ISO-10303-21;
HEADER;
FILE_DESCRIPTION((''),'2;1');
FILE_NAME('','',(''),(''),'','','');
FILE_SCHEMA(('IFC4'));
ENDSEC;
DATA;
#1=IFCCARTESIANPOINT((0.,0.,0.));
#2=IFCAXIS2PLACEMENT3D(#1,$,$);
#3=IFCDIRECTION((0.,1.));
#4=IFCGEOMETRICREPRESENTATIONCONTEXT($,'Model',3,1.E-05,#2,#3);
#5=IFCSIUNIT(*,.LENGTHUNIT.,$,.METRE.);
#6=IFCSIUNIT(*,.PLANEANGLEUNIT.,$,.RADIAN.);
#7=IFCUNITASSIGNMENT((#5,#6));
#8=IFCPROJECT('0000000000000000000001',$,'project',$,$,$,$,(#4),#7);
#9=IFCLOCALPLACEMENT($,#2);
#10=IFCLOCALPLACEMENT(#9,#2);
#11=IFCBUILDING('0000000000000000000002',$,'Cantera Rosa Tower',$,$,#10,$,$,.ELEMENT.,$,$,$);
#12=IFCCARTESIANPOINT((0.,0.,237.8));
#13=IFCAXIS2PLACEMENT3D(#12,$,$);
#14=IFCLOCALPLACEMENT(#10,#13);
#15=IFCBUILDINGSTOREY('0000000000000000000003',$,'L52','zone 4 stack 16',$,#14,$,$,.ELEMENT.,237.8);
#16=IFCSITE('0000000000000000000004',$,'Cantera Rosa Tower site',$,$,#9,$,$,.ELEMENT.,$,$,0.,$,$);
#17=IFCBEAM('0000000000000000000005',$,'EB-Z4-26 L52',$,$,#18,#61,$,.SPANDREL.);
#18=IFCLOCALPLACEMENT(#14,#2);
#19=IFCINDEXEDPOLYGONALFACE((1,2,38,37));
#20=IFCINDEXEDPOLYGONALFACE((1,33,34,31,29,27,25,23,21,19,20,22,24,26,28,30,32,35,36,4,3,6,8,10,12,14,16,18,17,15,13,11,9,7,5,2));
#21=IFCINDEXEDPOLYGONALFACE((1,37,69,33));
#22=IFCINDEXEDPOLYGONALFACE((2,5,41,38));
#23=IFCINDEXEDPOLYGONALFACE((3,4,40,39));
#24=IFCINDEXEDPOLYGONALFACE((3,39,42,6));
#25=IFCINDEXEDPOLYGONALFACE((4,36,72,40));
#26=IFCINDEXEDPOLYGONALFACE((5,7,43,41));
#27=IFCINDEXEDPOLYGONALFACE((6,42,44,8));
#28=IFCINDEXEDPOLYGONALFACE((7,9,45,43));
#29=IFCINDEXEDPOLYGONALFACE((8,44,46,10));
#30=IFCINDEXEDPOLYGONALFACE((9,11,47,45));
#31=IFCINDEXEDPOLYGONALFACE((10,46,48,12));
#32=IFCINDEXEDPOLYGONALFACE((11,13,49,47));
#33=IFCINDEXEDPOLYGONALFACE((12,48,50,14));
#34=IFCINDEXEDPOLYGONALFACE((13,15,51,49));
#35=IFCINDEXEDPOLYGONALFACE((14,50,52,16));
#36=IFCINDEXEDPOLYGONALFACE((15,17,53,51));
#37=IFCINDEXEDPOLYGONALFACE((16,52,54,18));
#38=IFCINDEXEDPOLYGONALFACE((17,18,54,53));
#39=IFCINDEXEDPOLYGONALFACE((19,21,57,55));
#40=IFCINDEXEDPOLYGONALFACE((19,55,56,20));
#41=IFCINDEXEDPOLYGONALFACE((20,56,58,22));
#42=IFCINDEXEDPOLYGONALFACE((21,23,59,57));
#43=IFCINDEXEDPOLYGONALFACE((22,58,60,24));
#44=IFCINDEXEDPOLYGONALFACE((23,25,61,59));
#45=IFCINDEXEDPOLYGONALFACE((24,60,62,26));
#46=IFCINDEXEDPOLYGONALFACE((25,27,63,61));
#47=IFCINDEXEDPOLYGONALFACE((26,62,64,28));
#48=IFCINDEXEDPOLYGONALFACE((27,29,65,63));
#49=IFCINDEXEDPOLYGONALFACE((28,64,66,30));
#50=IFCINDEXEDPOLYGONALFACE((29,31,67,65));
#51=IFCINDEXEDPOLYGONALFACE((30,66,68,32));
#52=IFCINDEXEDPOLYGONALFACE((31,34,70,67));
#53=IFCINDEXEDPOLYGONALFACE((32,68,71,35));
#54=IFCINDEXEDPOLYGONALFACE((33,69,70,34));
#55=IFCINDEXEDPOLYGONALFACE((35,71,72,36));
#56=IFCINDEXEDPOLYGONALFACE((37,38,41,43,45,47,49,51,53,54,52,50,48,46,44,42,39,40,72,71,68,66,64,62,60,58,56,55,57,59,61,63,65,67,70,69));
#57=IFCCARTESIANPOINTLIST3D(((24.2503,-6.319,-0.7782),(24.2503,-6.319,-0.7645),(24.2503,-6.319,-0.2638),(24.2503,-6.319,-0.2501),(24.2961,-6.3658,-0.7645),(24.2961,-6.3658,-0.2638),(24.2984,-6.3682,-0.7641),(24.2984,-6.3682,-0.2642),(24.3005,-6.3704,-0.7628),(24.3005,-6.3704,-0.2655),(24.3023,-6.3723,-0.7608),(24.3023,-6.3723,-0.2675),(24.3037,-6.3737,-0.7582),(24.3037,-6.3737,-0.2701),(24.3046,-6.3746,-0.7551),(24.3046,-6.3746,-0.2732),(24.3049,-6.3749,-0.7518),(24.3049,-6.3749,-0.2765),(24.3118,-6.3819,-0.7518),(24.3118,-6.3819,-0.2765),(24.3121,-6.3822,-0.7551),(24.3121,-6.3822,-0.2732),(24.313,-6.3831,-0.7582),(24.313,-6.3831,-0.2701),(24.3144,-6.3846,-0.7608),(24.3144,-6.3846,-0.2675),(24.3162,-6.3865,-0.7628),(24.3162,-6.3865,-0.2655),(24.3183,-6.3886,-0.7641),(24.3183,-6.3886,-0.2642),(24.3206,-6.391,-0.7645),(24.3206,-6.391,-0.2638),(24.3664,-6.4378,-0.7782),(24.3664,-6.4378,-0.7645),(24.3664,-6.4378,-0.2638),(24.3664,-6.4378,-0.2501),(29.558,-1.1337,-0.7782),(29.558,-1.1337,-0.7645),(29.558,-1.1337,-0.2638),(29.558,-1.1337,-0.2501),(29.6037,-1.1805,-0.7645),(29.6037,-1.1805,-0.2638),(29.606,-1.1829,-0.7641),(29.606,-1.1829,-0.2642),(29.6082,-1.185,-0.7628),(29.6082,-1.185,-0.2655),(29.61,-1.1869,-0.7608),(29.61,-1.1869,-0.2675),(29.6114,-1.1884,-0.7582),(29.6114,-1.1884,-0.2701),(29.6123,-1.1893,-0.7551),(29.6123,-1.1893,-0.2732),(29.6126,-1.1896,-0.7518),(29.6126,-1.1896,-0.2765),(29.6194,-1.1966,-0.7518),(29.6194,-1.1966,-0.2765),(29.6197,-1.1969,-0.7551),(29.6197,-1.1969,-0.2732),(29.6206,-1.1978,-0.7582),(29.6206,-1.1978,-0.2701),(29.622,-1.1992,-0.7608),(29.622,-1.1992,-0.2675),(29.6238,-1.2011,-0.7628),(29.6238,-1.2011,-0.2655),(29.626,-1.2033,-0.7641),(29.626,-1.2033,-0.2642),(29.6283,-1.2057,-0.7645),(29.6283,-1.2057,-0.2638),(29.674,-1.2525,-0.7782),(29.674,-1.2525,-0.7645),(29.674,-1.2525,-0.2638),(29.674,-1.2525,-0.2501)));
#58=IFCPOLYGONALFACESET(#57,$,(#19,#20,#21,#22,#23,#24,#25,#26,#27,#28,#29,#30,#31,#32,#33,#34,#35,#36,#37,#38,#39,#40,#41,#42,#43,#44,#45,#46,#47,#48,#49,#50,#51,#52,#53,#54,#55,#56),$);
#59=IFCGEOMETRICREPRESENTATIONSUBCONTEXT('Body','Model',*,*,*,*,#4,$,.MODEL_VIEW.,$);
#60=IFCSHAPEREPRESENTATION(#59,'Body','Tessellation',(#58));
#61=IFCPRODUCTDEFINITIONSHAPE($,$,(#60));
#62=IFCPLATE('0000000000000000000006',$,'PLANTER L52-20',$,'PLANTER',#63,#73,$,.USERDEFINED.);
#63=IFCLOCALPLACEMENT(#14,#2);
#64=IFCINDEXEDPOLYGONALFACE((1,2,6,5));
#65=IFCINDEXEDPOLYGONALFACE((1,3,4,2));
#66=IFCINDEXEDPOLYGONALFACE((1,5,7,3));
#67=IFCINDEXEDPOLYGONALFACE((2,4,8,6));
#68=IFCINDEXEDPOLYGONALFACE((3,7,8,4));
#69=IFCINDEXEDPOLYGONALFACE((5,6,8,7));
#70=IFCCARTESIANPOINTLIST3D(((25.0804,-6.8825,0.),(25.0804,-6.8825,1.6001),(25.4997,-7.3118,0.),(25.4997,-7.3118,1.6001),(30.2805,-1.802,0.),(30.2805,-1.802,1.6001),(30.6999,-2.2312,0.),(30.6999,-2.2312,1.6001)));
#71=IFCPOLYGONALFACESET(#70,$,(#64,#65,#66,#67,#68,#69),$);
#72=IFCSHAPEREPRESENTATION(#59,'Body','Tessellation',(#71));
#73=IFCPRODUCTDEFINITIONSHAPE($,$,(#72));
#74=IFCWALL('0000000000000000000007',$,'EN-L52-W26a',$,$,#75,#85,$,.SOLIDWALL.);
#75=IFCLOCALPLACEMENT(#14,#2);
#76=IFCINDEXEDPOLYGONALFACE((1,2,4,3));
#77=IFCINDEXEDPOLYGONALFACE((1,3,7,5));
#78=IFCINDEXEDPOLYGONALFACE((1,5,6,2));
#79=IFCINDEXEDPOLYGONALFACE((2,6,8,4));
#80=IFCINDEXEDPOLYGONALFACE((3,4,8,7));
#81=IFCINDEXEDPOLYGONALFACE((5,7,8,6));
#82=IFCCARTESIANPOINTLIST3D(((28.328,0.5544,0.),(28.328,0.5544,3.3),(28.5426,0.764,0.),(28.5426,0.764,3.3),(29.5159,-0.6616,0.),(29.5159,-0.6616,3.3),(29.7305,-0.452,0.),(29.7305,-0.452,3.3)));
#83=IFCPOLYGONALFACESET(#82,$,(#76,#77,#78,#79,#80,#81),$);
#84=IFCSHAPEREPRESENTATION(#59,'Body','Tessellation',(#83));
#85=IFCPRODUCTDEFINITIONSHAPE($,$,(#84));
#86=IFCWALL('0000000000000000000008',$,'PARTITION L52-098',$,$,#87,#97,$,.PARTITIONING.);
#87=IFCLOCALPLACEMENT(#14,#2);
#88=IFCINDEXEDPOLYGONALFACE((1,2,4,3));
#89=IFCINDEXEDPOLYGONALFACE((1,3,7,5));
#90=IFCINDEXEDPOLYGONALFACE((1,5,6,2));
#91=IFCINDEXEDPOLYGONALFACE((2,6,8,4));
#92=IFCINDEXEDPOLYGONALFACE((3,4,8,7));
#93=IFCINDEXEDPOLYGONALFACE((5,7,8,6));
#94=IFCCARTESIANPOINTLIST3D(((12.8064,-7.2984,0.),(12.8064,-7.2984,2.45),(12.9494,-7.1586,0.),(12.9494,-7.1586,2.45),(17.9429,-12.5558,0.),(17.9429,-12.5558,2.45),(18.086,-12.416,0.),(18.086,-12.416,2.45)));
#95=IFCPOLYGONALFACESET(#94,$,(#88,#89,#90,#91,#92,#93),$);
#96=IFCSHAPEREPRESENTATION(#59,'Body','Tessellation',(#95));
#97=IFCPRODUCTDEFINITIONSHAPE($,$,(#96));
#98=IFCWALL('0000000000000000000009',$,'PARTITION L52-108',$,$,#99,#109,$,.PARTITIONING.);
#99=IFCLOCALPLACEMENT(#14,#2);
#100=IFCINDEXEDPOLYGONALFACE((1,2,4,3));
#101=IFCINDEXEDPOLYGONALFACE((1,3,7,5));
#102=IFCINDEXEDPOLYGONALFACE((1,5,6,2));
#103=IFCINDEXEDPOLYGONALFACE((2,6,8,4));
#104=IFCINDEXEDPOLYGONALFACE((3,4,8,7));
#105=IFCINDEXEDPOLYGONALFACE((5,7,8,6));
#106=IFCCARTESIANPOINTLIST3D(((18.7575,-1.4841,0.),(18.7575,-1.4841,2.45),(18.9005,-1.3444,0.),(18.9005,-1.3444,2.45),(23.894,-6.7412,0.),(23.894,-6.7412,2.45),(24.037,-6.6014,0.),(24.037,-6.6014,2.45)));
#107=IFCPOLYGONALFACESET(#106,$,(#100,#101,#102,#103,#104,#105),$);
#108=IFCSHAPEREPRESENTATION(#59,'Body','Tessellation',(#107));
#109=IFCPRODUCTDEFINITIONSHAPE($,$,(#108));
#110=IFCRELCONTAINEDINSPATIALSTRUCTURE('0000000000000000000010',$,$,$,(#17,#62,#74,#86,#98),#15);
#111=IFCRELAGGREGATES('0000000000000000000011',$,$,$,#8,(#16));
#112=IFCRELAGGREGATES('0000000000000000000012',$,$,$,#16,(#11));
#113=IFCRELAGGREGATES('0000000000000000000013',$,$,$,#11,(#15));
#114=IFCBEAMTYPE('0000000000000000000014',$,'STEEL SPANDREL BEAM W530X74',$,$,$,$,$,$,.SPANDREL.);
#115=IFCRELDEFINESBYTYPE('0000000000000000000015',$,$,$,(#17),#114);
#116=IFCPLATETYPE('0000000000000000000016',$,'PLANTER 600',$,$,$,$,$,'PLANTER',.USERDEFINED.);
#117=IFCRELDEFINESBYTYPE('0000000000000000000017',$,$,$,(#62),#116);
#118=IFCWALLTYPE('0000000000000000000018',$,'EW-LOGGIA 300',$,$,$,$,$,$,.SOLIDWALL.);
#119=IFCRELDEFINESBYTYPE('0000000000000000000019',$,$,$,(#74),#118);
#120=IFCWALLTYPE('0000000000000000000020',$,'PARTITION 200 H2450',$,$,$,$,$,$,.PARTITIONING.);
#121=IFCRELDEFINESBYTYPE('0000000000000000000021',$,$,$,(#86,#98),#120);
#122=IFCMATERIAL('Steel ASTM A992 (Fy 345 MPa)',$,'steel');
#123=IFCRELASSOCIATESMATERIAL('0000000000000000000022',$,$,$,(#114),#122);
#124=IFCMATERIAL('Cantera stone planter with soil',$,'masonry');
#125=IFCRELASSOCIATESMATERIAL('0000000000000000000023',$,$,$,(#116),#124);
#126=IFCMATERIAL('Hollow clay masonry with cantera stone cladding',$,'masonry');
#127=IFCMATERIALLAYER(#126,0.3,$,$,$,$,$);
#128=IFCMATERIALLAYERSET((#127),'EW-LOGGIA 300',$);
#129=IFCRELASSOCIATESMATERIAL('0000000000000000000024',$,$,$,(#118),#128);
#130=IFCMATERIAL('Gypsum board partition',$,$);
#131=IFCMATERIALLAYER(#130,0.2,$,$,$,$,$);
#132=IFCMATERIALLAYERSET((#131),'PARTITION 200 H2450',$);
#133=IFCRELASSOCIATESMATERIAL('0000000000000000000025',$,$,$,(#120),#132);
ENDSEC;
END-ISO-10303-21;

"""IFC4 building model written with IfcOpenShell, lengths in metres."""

from ifc_helpers import new_model, si_unit, direction, frame, frame_2d, origin, origin_2d, place, context, subcontext, project, spatial, rectangle, i_section, extrude, material, layer, layer_set, material_profile, profile_set, type_object, element, save


model = new_model("IFC4")

# Units and contexts
model_context = context("Model", 3, precision=1e-05, world=origin(), true_north=direction((0.0, 1.0)))
body_context = subcontext(model_context, "Body", "Model", "MODEL_VIEW")
ifc_project = project(units=[si_unit("LENGTHUNIT", "METRE"), si_unit("PLANEANGLEUNIT", "RADIAN")], contexts=[model_context])

# Site, building, storey
site_placement = place(None, origin())
site = spatial("IfcSite", under=ifc_project, at=site_placement, Name="Cantera Rosa Tower site", CompositionType="ELEMENT", RefElevation=0.0)
building_placement = place(site_placement, origin())
building = spatial("IfcBuilding", under=site, at=building_placement, Name="Cantera Rosa Tower", CompositionType="ELEMENT")
storey_placement = place(building_placement, frame((0.0, 0.0, 237.8)))
storey = spatial("IfcBuildingStorey", under=building, at=storey_placement, Name="L52", Description="zone 4 stack 16", CompositionType="ELEMENT", Elevation=237.8)

# Beam
ifc_material_1 = material(Name="Steel ASTM A992 (Fy 345 MPa)", Category="steel")
ifc_material_profile_1 = material_profile(ifc_material_1, i_section(OverallWidth=0.166, OverallDepth=0.5281, WebThickness=0.0098, FlangeThickness=0.0137, FilletRadius=0.0127, at=origin_2d()), Name="W530X74")
ifc_profile_set_1 = profile_set([ifc_material_profile_1], Name="Steel ASTM A992 (Fy 345 MPa)")
beam_type_1 = type_object("IfcBeamType", Name="STEEL SPANDREL BEAM W530X74", PredefinedType="SPANDREL", material=ifc_profile_set_1)
beam_1_placement = place(storey_placement, frame((24.3083, -6.3784, -0.5142), z_axis=(0.715301, 0.698817, 0.0), x_axis=(-0.698817, 0.715301, 0.0)))
element("IfcBeam", 1, at=beam_1_placement, inside=storey, type_object=beam_type_1, Name="EB-Z4-26 L52", PredefinedType="SPANDREL", context=body_context, shape_type="SweptSolid", body=[
    extrude(i_section(OverallWidth=0.166, OverallDepth=0.5281, WebThickness=0.0098, FlangeThickness=0.0137, FilletRadius=0.0127, at=origin_2d()), origin(), (0.0, 0.0, 1.0), 7.4202),
])

# Plate
ifc_material_2 = material(Name="Cantera stone planter with soil", Category="masonry")
plate_type = type_object("IfcPlateType", Name="PLANTER 600", ElementType="PLANTER", PredefinedType="USERDEFINED", material=ifc_material_2)
plate_placement = place(storey_placement, frame((27.8901, -4.5569, 0.0), z_axis=(0.0, 0.0, 1.0), x_axis=(0.715286, 0.698832, 0.0)))
element("IfcPlate", 2, at=plate_placement, inside=storey, type_object=plate_type, Name="PLANTER L52-20", ObjectType="PLANTER", PredefinedType="USERDEFINED", context=body_context, shape_type="SweptSolid", body=[
    extrude(rectangle(XDim=7.27, YDim=0.6001, at=origin_2d()), origin(), (0.0, 0.0, 1.0), 1.6001),
])

# Wall
ifc_material_3 = material(Name="Hollow clay masonry with cantera stone cladding", Category="masonry")
ifc_layer_1 = layer(ifc_material_3, 0.3)
ifc_layer_set_1 = layer_set([ifc_layer_1], Name="EW-LOGGIA 300")
wall_type_1 = type_object("IfcWallType", Name="EW-LOGGIA 300", PredefinedType="SOLIDWALL", material=ifc_layer_set_1)
wall_1_placement = place(storey_placement, frame((29.6233, -0.5569, 0.0), z_axis=(0.0, 0.0, 1.0), x_axis=(-0.698801, 0.715316, 0.0)))
element("IfcWall", 3, at=wall_1_placement, inside=storey, type_object=wall_type_1, Name="EN-L52-W26a", PredefinedType="SOLIDWALL", context=body_context, shape_type="SweptSolid", body=[
    extrude(rectangle(XDim=1.7, YDim=0.3, at=frame_2d((0.8501, 0.0))), origin(), (0.0, 0.0, 1.0), 3.3),
])

# Walls
ifc_material_4 = material(Name="Gypsum board partition")
ifc_layer_2 = layer(ifc_material_4, 0.2)
ifc_layer_set_2 = layer_set([ifc_layer_2], Name="PARTITION 200 H2450")
wall_type_2 = type_object("IfcWallType", Name="PARTITION 200 H2450", PredefinedType="PARTITIONING", material=ifc_layer_set_2)
wall_2_placement = place(storey_placement, frame((12.8779, -7.2285, 0.0), z_axis=(0.0, 0.0, 1.0), x_axis=(0.698838, -0.71528, 0.0)))
element("IfcWall", 4, at=wall_2_placement, inside=storey, type_object=wall_type_2, Name="PARTITION L52-098", PredefinedType="PARTITIONING", context=body_context, shape_type="SweptSolid", body=[
    extrude(rectangle(XDim=7.3501, YDim=0.2, at=frame_2d((3.675, 0.0))), origin(), (0.0, 0.0, 1.0), 2.45),
])
wall_3_placement = place(storey_placement, frame((18.8291, -1.4143, 0.0), z_axis=(0.0, 0.0, 1.0), x_axis=(0.698855, -0.715264, 0.0)))
element("IfcWall", 5, at=wall_3_placement, inside=storey, type_object=wall_type_2, Name="PARTITION L52-108", PredefinedType="PARTITIONING", context=body_context, shape_type="SweptSolid", body=[
    extrude(rectangle(XDim=7.3499, YDim=0.2, at=frame_2d((3.6748, 0.0))), origin(), (0.0, 0.0, 1.0), 2.45),
])

save(model, "model.ifc")
